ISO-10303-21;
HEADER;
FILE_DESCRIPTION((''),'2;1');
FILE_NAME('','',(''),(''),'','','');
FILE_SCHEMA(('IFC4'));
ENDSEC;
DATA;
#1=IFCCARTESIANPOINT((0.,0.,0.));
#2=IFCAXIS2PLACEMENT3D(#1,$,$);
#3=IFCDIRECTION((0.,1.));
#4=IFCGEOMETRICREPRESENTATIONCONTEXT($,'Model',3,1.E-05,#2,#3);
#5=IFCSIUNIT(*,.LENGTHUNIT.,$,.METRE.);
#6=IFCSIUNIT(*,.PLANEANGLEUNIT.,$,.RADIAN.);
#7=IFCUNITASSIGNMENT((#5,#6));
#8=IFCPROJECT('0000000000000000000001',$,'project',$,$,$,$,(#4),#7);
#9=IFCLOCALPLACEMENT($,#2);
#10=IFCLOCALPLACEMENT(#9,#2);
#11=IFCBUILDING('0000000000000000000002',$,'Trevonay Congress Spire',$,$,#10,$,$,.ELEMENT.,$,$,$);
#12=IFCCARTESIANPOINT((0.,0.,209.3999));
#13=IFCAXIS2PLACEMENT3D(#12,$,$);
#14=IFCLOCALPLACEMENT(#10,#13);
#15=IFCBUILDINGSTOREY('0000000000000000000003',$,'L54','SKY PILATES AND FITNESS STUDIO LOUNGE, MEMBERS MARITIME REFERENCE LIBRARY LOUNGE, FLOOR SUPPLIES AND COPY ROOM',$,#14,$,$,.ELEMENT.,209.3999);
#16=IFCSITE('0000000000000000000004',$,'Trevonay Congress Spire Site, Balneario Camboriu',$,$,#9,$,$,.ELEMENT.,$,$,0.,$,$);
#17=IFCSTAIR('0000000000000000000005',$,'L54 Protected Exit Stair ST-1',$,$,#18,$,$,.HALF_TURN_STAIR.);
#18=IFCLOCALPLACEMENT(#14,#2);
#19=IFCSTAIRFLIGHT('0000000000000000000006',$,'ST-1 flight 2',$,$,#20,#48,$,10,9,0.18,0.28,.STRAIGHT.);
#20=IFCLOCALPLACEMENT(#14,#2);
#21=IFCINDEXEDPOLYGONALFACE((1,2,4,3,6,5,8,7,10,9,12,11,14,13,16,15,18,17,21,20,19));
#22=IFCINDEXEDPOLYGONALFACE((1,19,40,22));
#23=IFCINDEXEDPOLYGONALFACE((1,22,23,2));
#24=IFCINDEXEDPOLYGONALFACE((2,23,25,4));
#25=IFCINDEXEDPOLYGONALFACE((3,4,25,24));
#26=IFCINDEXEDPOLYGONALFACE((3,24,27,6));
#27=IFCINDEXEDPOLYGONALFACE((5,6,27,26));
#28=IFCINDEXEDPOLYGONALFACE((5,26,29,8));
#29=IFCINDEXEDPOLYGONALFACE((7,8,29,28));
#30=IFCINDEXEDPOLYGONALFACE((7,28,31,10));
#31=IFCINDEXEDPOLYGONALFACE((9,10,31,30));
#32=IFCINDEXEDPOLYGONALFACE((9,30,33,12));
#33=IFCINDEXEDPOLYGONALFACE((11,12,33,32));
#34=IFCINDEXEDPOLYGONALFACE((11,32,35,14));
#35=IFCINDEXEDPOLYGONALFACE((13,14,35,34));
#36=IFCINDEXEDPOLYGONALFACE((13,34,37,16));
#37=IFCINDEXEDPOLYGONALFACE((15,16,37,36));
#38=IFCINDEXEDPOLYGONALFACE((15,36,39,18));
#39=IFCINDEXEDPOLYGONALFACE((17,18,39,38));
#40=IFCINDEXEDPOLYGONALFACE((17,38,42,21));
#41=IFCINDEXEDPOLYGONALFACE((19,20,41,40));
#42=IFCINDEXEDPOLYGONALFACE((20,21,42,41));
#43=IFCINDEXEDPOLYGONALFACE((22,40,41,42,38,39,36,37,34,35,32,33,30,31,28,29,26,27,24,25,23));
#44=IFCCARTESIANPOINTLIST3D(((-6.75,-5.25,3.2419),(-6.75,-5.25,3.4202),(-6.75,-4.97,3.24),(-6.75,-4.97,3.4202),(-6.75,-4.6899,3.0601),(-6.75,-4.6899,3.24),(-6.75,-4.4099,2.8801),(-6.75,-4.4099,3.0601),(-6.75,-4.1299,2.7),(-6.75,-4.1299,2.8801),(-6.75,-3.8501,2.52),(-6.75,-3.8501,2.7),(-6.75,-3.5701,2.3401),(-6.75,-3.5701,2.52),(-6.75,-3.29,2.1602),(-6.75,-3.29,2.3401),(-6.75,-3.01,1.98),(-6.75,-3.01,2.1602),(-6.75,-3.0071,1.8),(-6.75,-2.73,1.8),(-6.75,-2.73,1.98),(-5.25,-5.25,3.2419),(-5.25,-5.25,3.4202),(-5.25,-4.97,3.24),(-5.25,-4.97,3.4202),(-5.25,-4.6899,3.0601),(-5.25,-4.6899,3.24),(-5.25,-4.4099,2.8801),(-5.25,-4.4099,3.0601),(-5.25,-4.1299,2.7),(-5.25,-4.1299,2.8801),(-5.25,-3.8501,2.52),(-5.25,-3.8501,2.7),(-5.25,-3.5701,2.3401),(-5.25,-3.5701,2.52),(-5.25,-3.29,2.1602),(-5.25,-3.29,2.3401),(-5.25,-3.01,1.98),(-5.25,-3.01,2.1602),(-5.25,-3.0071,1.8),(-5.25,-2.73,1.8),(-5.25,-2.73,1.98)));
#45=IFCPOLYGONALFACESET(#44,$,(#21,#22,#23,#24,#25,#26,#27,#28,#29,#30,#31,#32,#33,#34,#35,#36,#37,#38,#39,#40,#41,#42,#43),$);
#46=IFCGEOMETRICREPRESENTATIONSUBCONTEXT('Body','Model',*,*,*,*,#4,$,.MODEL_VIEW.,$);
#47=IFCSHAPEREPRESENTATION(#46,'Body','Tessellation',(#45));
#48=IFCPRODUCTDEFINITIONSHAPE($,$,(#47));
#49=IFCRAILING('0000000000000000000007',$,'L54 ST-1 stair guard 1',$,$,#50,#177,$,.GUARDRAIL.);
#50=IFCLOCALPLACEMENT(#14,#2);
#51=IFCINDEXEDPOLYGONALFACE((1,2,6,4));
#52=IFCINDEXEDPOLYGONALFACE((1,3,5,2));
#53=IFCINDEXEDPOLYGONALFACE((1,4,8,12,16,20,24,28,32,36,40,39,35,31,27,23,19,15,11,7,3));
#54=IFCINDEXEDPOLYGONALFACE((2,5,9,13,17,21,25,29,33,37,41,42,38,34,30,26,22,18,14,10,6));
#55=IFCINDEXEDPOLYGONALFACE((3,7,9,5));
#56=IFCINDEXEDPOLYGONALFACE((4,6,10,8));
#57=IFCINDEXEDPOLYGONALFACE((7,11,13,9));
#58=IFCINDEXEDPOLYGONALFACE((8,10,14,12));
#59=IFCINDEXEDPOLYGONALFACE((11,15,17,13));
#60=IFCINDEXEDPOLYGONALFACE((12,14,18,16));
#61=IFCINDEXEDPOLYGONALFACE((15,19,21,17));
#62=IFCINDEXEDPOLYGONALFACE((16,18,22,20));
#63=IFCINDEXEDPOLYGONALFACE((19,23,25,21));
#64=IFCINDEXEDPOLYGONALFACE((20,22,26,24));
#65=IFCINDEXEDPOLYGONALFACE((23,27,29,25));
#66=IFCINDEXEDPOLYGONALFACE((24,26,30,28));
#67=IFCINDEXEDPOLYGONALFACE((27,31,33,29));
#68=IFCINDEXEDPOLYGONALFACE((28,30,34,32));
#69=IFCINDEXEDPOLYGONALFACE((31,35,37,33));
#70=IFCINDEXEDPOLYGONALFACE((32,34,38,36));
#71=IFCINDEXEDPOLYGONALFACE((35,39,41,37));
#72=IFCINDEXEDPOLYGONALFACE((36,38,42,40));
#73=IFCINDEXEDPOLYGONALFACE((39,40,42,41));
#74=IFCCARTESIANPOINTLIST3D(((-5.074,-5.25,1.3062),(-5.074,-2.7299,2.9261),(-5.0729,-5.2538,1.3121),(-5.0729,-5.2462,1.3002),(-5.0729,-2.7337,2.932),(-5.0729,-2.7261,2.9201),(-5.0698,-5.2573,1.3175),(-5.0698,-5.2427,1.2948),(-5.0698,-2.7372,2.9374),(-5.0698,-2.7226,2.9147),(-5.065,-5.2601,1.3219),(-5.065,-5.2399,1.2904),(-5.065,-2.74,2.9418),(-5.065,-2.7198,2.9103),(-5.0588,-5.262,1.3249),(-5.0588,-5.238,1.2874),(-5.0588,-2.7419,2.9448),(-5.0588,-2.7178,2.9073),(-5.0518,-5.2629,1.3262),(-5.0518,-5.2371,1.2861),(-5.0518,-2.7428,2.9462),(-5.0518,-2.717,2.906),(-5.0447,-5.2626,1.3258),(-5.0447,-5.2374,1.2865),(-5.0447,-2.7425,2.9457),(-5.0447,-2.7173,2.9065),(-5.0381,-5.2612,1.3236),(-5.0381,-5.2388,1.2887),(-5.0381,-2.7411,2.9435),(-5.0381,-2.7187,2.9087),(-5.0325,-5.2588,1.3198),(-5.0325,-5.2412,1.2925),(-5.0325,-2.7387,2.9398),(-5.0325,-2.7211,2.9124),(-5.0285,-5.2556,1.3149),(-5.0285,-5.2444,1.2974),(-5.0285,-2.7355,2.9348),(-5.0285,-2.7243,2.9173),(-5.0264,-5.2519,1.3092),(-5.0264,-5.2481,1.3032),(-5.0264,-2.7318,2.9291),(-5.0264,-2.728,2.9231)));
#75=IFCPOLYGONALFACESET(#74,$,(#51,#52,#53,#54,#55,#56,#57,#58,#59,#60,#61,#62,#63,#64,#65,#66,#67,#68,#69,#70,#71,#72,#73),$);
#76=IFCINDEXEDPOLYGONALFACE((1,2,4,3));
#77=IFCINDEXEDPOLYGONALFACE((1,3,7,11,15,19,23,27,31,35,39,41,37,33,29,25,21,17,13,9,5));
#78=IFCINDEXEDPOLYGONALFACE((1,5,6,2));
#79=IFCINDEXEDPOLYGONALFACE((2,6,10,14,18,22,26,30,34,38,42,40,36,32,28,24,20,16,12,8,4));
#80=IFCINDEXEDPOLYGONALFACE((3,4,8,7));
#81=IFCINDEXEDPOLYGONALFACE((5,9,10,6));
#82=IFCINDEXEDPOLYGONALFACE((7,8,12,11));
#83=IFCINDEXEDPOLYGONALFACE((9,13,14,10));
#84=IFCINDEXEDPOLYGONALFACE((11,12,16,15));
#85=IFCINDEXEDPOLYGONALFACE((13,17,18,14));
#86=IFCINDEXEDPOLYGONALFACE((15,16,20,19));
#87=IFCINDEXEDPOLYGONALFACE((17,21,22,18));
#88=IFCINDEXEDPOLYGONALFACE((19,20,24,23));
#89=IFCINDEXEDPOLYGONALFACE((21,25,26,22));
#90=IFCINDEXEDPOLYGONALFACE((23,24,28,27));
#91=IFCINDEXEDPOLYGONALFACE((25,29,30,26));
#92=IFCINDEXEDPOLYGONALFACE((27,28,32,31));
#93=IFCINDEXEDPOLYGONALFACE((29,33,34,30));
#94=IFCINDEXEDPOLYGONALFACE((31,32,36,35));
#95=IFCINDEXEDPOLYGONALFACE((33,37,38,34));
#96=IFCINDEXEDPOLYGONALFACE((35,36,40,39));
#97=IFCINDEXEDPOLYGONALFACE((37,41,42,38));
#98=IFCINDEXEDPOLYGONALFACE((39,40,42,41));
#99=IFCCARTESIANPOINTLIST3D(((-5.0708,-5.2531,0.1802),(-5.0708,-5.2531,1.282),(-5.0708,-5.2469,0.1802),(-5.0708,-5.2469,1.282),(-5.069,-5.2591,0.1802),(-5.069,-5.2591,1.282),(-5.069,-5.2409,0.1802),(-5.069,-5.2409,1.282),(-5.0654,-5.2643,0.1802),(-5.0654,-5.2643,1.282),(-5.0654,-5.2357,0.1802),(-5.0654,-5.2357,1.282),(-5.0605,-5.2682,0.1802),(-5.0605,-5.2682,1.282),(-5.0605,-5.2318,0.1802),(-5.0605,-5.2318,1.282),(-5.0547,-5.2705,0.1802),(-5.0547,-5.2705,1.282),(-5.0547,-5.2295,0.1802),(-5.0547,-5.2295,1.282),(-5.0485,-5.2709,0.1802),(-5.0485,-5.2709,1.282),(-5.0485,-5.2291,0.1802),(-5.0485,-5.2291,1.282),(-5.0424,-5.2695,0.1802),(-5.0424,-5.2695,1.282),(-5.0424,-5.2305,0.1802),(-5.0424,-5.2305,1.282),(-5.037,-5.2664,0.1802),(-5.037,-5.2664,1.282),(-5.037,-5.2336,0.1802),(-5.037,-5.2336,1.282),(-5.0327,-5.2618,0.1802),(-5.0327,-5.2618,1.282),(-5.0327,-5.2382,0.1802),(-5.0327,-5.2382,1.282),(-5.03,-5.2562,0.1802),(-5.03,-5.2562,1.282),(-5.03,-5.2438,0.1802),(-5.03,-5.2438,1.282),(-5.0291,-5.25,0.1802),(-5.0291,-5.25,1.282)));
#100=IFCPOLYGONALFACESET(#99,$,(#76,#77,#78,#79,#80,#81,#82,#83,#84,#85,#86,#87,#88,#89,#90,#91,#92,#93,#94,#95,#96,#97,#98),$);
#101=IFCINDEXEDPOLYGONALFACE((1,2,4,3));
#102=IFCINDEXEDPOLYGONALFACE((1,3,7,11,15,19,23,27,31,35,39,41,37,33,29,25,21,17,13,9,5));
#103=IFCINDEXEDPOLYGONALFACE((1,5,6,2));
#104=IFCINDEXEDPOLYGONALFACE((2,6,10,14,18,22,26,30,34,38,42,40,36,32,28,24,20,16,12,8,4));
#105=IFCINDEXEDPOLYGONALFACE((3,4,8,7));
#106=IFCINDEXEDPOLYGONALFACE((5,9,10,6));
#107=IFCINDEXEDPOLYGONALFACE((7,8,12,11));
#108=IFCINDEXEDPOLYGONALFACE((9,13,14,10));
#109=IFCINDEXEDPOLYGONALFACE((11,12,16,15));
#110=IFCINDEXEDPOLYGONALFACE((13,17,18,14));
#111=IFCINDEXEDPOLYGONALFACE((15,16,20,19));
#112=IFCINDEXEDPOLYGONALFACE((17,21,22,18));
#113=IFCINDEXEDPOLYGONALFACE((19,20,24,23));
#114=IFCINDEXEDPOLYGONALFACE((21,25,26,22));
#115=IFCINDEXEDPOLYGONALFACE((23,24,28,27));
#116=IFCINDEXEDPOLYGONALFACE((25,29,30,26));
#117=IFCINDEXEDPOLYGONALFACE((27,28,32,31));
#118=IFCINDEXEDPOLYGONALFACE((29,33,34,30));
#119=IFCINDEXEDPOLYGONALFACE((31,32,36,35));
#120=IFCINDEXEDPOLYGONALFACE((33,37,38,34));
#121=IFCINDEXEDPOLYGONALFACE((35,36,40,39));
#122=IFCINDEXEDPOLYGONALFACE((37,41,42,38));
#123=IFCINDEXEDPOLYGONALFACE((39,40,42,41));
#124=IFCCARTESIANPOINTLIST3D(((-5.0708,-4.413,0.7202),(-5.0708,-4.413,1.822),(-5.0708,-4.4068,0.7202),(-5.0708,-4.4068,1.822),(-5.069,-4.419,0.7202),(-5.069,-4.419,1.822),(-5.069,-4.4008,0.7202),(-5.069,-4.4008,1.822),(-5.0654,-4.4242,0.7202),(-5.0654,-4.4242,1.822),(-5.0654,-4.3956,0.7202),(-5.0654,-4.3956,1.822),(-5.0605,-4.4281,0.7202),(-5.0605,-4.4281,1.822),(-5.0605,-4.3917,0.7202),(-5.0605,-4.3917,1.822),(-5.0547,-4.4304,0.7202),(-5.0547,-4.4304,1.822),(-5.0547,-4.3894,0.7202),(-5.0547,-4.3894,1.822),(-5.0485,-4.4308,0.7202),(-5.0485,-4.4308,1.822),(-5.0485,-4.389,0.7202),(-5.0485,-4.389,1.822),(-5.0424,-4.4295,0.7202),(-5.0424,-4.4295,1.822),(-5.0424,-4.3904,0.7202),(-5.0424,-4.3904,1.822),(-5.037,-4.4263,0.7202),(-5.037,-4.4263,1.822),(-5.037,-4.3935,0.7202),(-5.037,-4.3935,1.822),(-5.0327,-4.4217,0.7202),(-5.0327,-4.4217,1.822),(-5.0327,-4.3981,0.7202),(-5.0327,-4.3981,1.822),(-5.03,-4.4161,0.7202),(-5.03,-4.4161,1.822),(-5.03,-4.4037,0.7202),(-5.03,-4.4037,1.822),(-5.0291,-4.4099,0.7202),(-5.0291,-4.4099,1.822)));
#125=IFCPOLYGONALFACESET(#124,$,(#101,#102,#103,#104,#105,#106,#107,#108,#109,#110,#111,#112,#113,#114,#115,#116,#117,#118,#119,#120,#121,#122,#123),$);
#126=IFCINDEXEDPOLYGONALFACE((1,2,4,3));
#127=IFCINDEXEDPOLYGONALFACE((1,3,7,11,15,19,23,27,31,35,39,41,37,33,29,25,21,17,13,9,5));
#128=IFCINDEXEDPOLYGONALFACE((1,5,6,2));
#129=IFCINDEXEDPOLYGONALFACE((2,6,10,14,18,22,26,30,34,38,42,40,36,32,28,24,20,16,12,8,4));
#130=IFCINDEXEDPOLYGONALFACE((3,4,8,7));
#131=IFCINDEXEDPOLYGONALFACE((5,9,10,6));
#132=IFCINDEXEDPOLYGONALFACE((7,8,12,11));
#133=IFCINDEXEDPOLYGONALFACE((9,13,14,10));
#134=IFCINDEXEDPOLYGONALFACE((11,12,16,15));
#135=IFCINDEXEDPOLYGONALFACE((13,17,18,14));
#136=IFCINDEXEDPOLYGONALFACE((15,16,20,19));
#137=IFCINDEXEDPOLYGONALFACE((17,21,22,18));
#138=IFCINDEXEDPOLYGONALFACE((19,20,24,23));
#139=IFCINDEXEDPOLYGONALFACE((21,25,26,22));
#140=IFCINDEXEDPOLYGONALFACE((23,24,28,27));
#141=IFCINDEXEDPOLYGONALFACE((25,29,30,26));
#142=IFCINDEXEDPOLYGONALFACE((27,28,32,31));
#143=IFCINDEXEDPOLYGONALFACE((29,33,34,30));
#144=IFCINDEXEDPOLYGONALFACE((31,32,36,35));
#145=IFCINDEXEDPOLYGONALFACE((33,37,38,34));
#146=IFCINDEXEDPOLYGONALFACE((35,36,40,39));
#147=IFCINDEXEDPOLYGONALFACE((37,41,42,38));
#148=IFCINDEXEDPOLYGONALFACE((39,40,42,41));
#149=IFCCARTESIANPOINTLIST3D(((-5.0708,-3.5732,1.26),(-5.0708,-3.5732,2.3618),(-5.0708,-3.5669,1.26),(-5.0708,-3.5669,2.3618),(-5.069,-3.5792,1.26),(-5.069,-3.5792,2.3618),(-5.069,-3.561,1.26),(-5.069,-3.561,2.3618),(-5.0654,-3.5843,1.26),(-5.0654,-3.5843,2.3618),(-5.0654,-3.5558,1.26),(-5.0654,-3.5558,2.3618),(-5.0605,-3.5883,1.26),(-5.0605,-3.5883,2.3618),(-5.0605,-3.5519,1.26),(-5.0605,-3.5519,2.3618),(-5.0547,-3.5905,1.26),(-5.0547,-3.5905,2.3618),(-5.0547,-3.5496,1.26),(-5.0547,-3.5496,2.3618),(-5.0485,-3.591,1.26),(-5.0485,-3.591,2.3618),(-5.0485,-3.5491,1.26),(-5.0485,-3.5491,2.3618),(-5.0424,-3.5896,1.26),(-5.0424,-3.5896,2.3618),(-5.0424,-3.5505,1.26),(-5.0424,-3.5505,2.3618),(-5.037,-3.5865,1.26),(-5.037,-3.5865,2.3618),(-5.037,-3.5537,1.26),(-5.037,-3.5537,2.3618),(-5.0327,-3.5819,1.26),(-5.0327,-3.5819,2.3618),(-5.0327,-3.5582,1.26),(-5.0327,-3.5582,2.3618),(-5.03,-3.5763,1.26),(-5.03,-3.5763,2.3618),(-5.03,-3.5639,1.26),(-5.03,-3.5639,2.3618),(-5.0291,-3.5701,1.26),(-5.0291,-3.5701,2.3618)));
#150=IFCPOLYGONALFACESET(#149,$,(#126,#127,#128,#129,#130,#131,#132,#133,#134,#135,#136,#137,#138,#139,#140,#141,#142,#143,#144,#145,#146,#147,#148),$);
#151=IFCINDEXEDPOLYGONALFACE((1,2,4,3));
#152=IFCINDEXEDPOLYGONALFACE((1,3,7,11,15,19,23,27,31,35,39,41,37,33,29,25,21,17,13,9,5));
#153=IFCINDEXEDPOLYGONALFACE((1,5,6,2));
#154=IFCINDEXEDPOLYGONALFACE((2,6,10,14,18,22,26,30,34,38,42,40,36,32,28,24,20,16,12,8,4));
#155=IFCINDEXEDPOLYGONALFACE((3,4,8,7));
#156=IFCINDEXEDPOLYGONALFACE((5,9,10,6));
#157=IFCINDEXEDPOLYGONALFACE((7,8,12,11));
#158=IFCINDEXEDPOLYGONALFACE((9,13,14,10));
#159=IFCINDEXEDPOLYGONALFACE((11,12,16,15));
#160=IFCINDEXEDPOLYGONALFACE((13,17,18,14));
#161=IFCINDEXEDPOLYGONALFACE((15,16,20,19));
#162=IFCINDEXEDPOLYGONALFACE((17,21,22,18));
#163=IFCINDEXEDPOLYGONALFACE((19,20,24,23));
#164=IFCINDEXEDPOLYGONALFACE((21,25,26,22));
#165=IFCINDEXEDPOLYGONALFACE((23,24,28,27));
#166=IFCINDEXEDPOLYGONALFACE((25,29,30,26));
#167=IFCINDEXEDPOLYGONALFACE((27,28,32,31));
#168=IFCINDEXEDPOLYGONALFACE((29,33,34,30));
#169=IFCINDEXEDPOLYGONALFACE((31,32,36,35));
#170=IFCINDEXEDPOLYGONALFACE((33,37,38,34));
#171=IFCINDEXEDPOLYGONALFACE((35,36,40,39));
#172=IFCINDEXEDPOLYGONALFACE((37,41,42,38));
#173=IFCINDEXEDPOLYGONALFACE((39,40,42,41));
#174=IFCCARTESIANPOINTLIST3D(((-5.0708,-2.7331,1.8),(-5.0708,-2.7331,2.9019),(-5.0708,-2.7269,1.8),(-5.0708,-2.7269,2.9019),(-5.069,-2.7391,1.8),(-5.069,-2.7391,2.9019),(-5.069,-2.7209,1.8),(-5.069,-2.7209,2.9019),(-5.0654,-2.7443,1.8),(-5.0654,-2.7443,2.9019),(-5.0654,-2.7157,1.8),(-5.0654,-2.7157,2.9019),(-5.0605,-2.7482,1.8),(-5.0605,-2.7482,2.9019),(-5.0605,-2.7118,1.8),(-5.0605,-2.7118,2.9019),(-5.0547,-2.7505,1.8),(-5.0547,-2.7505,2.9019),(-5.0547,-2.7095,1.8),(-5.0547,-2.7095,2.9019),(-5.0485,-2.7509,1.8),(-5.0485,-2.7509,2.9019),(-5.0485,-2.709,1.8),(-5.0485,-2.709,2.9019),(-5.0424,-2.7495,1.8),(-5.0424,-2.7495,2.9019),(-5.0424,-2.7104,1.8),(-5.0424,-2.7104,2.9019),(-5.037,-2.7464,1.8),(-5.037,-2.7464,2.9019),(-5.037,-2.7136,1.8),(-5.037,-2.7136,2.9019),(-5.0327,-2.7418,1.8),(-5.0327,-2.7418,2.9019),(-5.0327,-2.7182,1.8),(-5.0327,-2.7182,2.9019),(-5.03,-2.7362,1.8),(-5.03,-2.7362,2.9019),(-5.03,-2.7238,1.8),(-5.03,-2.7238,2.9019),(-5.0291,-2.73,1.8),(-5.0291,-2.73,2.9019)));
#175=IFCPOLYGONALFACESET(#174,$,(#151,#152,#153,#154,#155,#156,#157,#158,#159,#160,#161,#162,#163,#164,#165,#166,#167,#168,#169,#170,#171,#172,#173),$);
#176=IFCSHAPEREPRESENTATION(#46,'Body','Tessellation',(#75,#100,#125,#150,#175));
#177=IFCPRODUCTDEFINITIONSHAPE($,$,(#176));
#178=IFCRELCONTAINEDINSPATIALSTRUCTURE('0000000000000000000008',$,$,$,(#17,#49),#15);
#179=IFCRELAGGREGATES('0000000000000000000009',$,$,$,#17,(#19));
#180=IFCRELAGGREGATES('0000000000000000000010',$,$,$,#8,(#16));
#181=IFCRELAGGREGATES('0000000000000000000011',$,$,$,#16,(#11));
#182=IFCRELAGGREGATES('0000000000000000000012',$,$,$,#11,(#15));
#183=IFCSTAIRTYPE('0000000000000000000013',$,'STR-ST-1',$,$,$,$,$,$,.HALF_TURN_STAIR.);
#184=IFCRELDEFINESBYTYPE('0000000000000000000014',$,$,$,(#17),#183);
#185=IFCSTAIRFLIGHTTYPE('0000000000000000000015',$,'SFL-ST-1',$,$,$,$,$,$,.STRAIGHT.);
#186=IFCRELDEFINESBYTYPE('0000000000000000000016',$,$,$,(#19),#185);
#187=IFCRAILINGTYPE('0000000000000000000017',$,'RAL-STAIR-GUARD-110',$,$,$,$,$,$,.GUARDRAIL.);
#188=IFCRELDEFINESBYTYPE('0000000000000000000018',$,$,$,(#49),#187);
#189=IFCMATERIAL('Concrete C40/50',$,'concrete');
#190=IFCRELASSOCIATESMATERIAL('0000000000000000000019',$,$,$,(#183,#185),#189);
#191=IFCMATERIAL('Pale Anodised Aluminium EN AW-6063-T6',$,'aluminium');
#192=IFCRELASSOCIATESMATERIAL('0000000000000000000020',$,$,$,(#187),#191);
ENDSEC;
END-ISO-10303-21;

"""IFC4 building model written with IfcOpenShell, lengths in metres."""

from ifc_helpers import new_model, si_unit, direction, frame, origin, origin_2d, place, context, subcontext, project, spatial, polyline, circle, outline, extrude, material, type_object, element, aggregate, save


model = new_model("IFC4")

# Units and contexts
model_context = context("Model", 3, precision=1e-05, world=origin(), true_north=direction((0.0, 1.0)))
body_context = subcontext(model_context, "Body", "Model", "MODEL_VIEW")
ifc_project = project(units=[si_unit("LENGTHUNIT", "METRE"), si_unit("PLANEANGLEUNIT", "RADIAN")], contexts=[model_context])

# Site, building, storey
site_placement = place(None, origin())
site = spatial("IfcSite", under=ifc_project, at=site_placement, Name="Trevonay Congress Spire Site, Balneario Camboriu", CompositionType="ELEMENT", RefElevation=0.0)
building_placement = place(site_placement, origin())
building = spatial("IfcBuilding", under=site, at=building_placement, Name="Trevonay Congress Spire", CompositionType="ELEMENT")
storey_placement = place(building_placement, frame((0.0, 0.0, 209.3999)))
storey = spatial("IfcBuildingStorey", under=building, at=storey_placement, Name="L54", Description="SKY PILATES AND FITNESS STUDIO LOUNGE, MEMBERS MARITIME REFERENCE LIBRARY LOUNGE, FLOOR SUPPLIES AND COPY ROOM", CompositionType="ELEMENT", Elevation=209.3999)

# Shared definitions
ifc_material_1 = material(Name="Concrete C40/50", Category="concrete")

# Stair, stair flight
stair_type = type_object("IfcStairType", Name="STR-ST-1", PredefinedType="HALF_TURN_STAIR", material=ifc_material_1)
stair_placement = place(storey_placement, origin())
stair = element("IfcStair", 1, at=stair_placement, inside=storey, type_object=stair_type, Name="L54 Protected Exit Stair ST-1", PredefinedType="HALF_TURN_STAIR")
stair_flight_type = type_object("IfcStairFlightType", Name="SFL-ST-1", PredefinedType="STRAIGHT", material=ifc_material_1)
stair_flight_1_placement = place(storey_placement, frame((-6.0, -2.73, 1.8), z_axis=(0.0, 0.0, 1.0), x_axis=(0.0, -1.0, 0.0)))
stair_flight_1 = element("IfcStairFlight", 2, at=stair_flight_1_placement, type_object=stair_flight_type, Name="ST-1 flight 2", NumberOfRisers=10, NumberOfTreads=9, PredefinedType="STRAIGHT", RiserHeight=0.18, TreadLength=0.28, context=body_context, shape_type="SweptSolid", body=[
    extrude(outline(polyline([(0.0, 0.0), (0.0, 0.1799), (0.28, 0.1799), (0.28, 0.3601), (0.5601, 0.3601), (0.5601, 0.54), (0.8401, 0.54), (0.8401, 0.72), (1.1201, 0.72), (1.1201, 0.8999), (1.3999, 0.8999), (1.3999, 1.0801), (1.6799, 1.0801), (1.6799, 1.26), (1.96, 1.26), (1.96, 1.4399), (2.24, 1.4399), (2.24, 1.6201), (2.52, 1.6201), (2.52, 1.8), (2.52, 1.4419), (0.2771, 0.0), (0.0, 0.0)])), frame((0.0, 0.75, 0.0), z_axis=(0.0, -1.0, 0.0), x_axis=(1.0, 0.0, 0.0)), (0.0, 0.0, 1.0), 1.5),
])
aggregate(stair, [stair_flight_1])

# Railing
ifc_material_2 = material(Name="Pale Anodised Aluminium EN AW-6063-T6", Category="aluminium")
railing_type_1 = type_object("IfcRailingType", Name="RAL-STAIR-GUARD-110", PredefinedType="GUARDRAIL", material=ifc_material_2)
railing_1_placement = place(storey_placement, frame((-5.05, -5.25, 0.1802)))
element("IfcRailing", 3, at=railing_1_placement, inside=storey, type_object=railing_type_1, Name="L54 ST-1 stair guard 1", PredefinedType="GUARDRAIL", context=body_context, shape_type="SweptSolid", body=[
    extrude(circle(Radius=0.0239, at=origin_2d()), frame((0.0, 0.0, 1.126), z_axis=(0.0, 0.8412, 0.540725), x_axis=(-1.0, 0.0, 0.0)), (0.0, 0.0, 1.0), 2.9958),
    extrude(circle(Radius=0.021, at=origin_2d()), origin(), (0.0, 0.0, 1.0), 1.1018),
    extrude(circle(Radius=0.021, at=origin_2d()), frame((0.0, 0.8401, 0.54)), (0.0, 0.0, 1.0), 1.1018),
    extrude(circle(Radius=0.021, at=origin_2d()), frame((0.0, 1.6799, 1.0798)), (0.0, 0.0, 1.0), 1.1018),
    extrude(circle(Radius=0.021, at=origin_2d()), frame((0.0, 2.52, 1.6199)), (0.0, 0.0, 1.0), 1.1018),
])

save(model, "model.ifc")
